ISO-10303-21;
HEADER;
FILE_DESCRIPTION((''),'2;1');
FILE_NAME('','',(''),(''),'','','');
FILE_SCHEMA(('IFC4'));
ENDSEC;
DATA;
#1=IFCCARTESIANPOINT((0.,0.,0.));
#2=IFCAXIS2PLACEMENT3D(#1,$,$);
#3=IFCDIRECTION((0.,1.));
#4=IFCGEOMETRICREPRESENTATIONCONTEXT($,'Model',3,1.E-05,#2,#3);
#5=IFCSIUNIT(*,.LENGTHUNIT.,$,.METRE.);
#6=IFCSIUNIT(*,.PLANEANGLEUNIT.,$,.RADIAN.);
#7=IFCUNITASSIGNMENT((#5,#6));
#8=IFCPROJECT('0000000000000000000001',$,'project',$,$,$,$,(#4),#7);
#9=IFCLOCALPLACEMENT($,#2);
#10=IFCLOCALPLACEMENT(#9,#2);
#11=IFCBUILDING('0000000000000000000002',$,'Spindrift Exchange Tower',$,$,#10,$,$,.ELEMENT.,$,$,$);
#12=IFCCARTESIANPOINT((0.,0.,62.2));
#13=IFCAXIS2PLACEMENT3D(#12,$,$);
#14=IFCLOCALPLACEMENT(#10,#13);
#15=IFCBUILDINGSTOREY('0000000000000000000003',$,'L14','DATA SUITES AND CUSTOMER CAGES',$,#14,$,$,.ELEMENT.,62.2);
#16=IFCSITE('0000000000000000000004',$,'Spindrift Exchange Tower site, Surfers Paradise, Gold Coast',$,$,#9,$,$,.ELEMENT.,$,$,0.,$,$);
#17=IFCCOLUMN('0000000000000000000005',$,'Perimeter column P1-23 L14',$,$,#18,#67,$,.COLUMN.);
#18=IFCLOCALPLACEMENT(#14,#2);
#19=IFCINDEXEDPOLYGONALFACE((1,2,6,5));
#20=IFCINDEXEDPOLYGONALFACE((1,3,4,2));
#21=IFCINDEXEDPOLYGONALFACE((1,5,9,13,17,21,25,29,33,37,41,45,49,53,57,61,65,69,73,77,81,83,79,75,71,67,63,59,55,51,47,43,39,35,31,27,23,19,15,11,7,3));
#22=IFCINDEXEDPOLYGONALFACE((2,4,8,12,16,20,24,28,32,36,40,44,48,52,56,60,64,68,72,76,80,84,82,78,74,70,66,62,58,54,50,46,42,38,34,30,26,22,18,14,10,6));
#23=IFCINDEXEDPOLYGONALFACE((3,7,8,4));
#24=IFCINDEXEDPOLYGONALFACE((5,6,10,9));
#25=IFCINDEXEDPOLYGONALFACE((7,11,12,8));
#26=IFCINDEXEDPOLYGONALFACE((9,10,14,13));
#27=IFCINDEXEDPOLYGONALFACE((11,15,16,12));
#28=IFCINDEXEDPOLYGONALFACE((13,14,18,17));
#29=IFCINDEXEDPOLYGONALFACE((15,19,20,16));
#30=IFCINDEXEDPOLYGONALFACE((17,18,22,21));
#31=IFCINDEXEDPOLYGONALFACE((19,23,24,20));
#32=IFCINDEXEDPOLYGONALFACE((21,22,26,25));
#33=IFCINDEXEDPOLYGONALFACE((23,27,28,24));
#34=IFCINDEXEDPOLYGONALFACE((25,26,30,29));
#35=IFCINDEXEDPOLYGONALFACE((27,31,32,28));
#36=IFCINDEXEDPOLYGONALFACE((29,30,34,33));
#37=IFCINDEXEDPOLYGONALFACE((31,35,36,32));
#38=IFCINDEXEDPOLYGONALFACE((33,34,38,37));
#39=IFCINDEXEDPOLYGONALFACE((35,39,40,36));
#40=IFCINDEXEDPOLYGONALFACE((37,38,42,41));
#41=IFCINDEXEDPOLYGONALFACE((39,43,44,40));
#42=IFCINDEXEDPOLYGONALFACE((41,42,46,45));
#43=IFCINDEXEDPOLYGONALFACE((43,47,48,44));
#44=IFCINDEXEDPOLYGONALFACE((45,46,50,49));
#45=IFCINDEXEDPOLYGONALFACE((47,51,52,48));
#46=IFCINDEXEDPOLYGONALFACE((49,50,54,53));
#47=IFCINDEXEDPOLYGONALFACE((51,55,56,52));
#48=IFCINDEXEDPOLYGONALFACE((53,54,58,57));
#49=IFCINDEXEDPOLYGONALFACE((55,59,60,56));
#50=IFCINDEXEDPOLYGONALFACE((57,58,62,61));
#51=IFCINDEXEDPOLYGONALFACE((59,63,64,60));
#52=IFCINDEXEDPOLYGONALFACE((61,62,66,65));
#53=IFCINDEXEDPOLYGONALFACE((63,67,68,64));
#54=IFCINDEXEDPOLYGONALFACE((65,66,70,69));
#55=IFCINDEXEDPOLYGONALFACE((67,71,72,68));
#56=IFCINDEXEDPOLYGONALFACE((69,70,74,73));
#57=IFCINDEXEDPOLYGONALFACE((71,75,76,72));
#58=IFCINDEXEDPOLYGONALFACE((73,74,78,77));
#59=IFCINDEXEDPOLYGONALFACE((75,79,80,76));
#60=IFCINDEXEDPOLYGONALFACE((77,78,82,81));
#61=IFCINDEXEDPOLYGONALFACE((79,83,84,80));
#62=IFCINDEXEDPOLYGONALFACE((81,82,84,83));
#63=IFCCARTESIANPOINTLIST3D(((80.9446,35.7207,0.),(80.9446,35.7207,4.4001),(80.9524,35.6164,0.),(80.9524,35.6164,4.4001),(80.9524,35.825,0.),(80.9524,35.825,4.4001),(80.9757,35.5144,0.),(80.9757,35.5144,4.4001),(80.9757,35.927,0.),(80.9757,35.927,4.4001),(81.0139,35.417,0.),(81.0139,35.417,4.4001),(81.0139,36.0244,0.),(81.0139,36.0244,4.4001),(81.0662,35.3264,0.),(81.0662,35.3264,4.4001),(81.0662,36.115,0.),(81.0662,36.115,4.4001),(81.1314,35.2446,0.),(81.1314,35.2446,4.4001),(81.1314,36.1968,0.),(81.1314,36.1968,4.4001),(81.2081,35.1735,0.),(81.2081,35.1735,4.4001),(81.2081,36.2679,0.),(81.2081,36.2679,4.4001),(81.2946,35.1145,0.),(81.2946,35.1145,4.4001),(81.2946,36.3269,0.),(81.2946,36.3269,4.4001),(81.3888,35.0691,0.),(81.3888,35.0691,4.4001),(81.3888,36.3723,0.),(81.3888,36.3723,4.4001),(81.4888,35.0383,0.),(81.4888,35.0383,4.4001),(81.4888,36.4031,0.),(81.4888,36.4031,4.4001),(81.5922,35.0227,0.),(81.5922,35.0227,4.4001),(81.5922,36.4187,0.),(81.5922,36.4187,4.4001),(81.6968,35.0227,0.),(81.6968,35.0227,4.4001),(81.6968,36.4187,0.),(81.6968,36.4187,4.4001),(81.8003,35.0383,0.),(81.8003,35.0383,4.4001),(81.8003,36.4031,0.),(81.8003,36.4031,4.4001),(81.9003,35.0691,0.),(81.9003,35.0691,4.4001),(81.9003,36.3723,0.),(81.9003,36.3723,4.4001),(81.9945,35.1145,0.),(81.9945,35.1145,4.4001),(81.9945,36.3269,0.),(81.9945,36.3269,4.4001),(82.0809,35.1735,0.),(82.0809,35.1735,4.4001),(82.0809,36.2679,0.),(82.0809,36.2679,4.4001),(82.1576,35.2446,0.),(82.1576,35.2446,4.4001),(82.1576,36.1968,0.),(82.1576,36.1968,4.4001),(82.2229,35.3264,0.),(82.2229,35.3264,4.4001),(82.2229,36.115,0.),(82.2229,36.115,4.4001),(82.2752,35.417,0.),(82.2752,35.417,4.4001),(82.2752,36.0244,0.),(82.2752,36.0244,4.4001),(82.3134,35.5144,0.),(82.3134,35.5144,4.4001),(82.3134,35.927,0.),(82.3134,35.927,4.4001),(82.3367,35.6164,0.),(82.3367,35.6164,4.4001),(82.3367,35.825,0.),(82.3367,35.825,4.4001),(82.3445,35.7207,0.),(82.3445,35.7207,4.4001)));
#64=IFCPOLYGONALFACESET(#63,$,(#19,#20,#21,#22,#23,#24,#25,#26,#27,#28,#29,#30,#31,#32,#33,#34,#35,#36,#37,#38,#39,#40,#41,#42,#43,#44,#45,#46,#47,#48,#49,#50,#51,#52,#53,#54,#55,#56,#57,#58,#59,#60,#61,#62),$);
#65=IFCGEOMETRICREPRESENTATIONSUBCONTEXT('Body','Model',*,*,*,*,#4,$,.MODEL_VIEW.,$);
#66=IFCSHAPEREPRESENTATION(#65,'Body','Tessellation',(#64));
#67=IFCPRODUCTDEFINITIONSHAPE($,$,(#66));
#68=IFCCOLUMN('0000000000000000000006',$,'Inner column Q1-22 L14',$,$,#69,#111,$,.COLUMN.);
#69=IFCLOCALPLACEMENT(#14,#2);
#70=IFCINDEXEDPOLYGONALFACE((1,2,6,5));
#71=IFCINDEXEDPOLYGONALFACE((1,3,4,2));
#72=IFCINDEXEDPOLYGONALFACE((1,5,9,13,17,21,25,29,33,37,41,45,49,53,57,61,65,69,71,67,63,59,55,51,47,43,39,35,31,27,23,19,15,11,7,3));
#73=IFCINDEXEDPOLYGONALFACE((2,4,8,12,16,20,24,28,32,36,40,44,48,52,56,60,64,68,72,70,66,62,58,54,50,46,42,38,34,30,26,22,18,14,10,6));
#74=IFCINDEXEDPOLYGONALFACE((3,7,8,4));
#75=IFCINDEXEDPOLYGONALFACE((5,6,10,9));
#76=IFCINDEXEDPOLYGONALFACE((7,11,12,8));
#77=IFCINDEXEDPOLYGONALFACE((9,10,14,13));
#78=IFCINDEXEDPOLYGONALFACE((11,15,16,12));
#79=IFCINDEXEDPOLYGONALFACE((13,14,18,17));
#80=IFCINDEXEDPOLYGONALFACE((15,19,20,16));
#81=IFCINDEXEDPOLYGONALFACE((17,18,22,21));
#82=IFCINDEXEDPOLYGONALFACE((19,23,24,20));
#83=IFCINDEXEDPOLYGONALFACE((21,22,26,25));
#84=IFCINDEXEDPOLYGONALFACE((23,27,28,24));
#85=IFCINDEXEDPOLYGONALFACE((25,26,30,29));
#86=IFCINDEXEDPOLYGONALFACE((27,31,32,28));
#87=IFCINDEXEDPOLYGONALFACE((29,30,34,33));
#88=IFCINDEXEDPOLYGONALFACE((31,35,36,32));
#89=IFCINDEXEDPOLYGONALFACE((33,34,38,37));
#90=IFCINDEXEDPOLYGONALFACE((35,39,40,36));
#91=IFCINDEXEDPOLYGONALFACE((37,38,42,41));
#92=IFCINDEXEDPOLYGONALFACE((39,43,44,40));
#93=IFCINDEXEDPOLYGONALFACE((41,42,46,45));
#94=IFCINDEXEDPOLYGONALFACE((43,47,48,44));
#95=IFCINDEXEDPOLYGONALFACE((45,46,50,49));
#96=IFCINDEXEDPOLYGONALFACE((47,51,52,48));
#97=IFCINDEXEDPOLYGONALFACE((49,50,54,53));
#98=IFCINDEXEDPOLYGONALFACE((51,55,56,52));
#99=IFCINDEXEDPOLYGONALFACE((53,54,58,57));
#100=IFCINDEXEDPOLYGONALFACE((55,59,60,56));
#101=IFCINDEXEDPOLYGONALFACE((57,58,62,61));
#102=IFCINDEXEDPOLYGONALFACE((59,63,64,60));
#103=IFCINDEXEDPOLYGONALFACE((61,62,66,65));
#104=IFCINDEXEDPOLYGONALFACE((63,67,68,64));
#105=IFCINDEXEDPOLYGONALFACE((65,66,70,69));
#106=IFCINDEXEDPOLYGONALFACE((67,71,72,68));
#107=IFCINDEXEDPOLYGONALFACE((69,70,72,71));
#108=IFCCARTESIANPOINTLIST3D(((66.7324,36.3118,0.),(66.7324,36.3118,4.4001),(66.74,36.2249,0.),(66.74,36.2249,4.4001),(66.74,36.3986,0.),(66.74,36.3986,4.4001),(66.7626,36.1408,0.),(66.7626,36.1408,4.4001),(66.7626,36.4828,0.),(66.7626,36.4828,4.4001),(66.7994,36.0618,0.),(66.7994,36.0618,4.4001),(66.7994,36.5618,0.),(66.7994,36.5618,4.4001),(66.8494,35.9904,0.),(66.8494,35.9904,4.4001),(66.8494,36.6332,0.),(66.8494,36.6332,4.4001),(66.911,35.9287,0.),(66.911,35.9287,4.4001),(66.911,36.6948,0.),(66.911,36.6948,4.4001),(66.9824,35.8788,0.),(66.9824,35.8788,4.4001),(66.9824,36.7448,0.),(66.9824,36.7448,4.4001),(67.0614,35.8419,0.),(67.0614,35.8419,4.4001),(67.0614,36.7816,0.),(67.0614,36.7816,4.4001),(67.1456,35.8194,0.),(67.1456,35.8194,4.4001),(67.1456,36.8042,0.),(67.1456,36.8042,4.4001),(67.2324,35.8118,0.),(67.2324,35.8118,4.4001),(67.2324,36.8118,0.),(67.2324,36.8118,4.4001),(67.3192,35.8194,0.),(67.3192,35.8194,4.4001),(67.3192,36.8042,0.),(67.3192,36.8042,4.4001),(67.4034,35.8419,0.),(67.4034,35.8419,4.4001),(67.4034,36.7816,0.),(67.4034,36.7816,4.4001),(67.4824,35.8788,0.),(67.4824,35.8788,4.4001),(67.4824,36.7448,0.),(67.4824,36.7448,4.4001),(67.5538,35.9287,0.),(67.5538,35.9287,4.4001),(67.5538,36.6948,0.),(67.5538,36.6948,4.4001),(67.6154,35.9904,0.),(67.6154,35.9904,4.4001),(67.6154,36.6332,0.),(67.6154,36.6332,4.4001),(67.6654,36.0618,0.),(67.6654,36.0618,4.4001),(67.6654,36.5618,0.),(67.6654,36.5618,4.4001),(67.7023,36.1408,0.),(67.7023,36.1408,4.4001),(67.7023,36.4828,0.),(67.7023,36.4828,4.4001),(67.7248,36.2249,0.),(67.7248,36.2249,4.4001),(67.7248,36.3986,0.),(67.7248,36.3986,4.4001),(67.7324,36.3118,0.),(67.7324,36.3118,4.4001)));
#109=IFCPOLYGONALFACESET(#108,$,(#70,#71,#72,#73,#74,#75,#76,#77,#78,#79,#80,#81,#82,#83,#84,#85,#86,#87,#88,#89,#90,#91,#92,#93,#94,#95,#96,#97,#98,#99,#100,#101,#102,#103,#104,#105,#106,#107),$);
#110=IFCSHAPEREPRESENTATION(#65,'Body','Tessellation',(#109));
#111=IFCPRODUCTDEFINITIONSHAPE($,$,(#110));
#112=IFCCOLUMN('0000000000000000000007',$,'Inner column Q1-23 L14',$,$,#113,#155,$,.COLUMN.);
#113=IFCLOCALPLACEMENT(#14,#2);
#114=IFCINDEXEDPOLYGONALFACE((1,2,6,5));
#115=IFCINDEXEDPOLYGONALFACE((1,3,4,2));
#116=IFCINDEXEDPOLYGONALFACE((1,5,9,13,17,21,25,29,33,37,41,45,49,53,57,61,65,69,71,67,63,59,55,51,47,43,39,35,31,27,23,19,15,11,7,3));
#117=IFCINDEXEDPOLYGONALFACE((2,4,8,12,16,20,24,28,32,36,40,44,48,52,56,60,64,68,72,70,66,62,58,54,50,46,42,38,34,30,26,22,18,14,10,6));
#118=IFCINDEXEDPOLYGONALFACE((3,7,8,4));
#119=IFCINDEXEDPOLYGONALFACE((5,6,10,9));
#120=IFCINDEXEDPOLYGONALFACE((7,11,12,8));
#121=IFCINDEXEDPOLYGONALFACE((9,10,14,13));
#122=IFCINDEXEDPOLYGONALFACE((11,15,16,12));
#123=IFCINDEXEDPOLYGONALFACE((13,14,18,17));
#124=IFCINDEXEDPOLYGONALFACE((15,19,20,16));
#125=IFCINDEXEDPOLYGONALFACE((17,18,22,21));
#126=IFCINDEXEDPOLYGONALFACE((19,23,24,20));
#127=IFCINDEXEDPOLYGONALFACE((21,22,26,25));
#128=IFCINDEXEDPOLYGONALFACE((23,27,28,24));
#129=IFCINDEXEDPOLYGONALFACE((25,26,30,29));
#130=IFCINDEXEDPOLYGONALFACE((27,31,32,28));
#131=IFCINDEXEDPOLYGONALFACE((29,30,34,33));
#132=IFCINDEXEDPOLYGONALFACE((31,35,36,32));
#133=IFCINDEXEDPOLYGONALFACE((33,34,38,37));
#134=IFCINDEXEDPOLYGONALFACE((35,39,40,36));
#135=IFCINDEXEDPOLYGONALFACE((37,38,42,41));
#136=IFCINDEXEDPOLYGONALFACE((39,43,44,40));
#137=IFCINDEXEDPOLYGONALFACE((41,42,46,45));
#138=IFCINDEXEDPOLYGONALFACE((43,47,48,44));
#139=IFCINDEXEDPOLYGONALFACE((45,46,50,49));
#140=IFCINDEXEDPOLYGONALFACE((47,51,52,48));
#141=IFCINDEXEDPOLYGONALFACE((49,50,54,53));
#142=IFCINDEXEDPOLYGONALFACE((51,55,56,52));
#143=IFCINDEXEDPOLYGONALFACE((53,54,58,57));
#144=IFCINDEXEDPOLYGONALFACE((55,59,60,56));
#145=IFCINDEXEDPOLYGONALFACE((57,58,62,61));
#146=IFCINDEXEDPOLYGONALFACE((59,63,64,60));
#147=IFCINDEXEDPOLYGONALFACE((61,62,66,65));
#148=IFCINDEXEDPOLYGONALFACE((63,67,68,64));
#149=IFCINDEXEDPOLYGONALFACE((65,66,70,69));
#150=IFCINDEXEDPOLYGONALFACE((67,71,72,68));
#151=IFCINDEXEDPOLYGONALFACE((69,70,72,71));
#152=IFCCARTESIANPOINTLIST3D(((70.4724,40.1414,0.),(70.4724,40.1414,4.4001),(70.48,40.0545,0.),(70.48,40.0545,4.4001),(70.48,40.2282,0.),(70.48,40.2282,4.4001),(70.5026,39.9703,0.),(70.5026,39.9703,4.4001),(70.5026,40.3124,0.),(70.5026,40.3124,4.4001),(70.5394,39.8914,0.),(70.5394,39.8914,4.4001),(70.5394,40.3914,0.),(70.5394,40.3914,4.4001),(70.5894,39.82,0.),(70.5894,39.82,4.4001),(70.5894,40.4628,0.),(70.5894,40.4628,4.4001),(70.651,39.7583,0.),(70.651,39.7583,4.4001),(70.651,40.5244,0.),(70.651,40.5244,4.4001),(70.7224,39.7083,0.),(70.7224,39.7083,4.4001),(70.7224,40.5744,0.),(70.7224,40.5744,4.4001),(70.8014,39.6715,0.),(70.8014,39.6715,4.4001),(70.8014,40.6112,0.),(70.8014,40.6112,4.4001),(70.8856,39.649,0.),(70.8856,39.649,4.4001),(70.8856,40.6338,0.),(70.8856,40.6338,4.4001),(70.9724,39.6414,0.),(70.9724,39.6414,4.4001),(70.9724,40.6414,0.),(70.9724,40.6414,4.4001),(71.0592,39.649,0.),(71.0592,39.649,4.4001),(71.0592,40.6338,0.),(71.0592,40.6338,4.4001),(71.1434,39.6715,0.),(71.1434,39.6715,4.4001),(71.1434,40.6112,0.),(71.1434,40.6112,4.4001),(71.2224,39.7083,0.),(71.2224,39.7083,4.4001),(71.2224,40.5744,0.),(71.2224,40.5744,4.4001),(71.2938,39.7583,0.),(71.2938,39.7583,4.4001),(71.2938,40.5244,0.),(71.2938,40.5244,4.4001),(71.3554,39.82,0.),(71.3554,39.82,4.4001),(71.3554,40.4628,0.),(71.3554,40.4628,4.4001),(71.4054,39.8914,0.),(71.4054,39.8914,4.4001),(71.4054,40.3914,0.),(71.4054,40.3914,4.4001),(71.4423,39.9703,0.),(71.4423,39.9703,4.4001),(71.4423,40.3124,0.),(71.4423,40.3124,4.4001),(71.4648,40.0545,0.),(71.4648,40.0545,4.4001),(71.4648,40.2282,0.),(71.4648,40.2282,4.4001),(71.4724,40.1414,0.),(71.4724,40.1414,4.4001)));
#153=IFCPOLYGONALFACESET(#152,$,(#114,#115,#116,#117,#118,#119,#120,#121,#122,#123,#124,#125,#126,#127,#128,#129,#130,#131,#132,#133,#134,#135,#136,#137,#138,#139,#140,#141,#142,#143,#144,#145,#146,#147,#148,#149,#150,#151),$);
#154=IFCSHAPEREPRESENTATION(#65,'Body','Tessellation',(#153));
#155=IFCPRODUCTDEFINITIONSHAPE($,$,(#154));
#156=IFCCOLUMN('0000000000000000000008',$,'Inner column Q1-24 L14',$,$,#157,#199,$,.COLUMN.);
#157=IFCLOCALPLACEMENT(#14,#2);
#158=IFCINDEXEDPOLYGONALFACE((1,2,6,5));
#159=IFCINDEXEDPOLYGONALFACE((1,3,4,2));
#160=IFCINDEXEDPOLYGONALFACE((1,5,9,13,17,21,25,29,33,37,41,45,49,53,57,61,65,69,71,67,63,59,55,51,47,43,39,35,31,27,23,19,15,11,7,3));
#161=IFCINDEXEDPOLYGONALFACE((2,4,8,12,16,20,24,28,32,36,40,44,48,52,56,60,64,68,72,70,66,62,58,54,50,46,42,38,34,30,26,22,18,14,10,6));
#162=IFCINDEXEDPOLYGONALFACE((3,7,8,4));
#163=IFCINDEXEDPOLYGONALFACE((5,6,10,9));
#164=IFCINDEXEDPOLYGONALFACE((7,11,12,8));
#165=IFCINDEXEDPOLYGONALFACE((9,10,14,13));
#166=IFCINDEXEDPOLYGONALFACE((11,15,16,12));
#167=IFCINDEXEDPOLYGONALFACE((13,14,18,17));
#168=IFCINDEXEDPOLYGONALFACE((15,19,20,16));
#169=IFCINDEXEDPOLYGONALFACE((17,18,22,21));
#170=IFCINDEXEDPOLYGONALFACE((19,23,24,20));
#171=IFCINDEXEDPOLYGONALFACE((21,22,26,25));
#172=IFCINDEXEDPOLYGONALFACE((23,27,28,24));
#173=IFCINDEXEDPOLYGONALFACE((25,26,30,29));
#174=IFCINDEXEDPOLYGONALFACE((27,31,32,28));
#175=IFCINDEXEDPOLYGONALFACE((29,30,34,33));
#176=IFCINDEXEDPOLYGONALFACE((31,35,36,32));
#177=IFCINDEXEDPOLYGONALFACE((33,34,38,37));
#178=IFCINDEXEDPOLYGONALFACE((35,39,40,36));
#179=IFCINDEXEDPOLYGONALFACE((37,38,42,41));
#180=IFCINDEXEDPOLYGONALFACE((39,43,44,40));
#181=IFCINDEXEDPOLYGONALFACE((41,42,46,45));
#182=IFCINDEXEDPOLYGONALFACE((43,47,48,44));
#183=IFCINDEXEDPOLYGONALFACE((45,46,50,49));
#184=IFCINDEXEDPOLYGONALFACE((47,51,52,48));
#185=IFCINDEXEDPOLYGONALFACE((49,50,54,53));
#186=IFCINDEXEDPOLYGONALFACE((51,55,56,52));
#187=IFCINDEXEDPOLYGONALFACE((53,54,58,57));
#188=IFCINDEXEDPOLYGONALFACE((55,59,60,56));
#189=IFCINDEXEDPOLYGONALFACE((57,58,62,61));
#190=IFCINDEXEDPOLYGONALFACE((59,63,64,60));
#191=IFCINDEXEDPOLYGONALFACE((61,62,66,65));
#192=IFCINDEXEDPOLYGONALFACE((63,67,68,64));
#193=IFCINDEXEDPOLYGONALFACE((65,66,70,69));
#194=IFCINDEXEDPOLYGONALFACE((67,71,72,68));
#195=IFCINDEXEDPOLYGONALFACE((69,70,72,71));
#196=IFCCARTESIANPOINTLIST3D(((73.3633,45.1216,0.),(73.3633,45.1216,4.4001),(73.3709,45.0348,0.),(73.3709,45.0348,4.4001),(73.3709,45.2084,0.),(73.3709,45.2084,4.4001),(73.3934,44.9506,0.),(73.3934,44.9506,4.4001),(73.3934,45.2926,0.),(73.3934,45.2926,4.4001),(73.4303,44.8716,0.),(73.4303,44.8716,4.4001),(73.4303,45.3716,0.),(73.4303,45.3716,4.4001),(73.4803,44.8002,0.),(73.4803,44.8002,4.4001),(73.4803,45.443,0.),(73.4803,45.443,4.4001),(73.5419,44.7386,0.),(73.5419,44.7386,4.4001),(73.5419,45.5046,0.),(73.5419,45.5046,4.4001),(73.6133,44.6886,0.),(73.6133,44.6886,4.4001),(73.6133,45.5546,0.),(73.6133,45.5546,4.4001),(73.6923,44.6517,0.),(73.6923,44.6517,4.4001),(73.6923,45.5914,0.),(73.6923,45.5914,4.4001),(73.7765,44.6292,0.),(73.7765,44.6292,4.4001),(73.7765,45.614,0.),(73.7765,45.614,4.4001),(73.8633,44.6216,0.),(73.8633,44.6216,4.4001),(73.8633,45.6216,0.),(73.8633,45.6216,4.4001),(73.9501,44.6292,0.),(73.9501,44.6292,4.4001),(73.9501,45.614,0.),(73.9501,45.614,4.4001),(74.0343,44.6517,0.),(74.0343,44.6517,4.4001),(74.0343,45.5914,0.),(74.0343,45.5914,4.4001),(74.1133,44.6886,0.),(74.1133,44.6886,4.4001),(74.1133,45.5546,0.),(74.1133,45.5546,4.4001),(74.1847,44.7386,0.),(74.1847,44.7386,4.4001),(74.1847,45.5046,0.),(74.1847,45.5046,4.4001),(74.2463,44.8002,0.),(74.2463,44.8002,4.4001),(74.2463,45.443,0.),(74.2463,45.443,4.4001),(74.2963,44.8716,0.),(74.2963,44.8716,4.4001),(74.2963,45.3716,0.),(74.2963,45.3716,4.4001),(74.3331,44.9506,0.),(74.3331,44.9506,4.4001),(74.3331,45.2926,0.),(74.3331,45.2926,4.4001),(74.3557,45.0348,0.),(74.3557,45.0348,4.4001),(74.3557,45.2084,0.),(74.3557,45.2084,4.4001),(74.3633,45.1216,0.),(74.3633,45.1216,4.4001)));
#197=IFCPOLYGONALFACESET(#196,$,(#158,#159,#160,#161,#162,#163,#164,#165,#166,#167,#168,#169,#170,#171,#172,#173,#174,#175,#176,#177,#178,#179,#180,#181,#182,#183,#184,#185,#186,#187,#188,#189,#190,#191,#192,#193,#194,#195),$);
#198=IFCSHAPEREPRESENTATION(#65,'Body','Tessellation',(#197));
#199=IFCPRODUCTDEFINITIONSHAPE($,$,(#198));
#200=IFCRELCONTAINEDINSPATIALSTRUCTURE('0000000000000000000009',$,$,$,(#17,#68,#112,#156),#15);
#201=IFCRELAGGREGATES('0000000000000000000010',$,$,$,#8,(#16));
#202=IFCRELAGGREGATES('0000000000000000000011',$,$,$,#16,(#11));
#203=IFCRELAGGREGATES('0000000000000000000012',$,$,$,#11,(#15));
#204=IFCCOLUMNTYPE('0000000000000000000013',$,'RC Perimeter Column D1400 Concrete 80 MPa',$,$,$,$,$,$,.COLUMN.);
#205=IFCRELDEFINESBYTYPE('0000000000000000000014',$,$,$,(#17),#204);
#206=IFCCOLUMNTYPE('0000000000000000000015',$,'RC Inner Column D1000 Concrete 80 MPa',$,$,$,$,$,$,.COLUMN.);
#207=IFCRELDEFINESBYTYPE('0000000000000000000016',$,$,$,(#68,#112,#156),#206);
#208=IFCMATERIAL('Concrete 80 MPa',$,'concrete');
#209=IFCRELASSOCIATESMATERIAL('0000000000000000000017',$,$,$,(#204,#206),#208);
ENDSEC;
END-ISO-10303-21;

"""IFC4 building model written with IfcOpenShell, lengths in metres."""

from ifc_helpers import new_model, si_unit, direction, frame, origin, origin_2d, place, context, subcontext, project, spatial, circle, extrude, source, transform, mapped, material, material_profile, profile_set, type_object, element, save


model = new_model("IFC4")

# Units and contexts
model_context = context("Model", 3, precision=1e-05, world=origin(), true_north=direction((0.0, 1.0)))
body_context = subcontext(model_context, "Body", "Model", "MODEL_VIEW")
ifc_project = project(units=[si_unit("LENGTHUNIT", "METRE"), si_unit("PLANEANGLEUNIT", "RADIAN")], contexts=[model_context])

# Site, building, storey
site_placement = place(None, origin())
site = spatial("IfcSite", under=ifc_project, at=site_placement, Name="Spindrift Exchange Tower site, Surfers Paradise, Gold Coast", CompositionType="ELEMENT", RefElevation=0.0)
building_placement = place(site_placement, origin())
building = spatial("IfcBuilding", under=site, at=building_placement, Name="Spindrift Exchange Tower", CompositionType="ELEMENT")
storey_placement = place(building_placement, frame((0.0, 0.0, 62.2)))
storey = spatial("IfcBuildingStorey", under=building, at=storey_placement, Name="L14", Description="DATA SUITES AND CUSTOMER CAGES", CompositionType="ELEMENT", Elevation=62.2)

# Columns
ifc_material_1 = material(Name="Concrete 80 MPa", Category="concrete")
ifc_material_profile_1 = material_profile(ifc_material_1, circle(Radius=0.7, at=origin_2d()), Name="RC D1400")
ifc_profile_set_1 = profile_set([ifc_material_profile_1], Name="Concrete 80 MPa")
column_type_1 = type_object("IfcColumnType", Name="RC Perimeter Column D1400 Concrete 80 MPa", PredefinedType="COLUMN", material=ifc_profile_set_1)
shared_shape_1 = source(origin(), body_context, "Body", "SweptSolid", [
    extrude(circle(Radius=0.7, at=origin_2d()), origin(), (0.0, 0.0, 1.0), 4.4001),
])
column_placement = place(storey_placement, frame((81.6445, 35.7207, 0.0), z_axis=(0.0, 0.0, 1.0), x_axis=(1.0, 0.0, 0.0)))
element("IfcColumn", 1, at=column_placement, inside=storey, type_object=column_type_1, Name="Perimeter column P1-23 L14", PredefinedType="COLUMN", context=body_context, shape_type="MappedRepresentation", body=[
    mapped(shared_shape_1, transform((0.0, 0.0, 0.0), scale=1.0)),
])
ifc_material_profile_2 = material_profile(ifc_material_1, circle(Radius=0.5, at=origin_2d()), Name="RC D1000")
ifc_profile_set_2 = profile_set([ifc_material_profile_2], Name="Concrete 80 MPa")
column_type_2 = type_object("IfcColumnType", Name="RC Inner Column D1000 Concrete 80 MPa", PredefinedType="COLUMN", material=ifc_profile_set_2)
shared_shape_2 = source(origin(), body_context, "Body", "SweptSolid", [
    extrude(circle(Radius=0.5, at=origin_2d()), origin(), (0.0, 0.0, 1.0), 4.4001),
])
for number, where, z_axis, x_axis, name in (
    (2, (67.2324, 36.3118, 0.0), (0.0, 0.0, 1.0), (1.0, 0.0, 0.0), "Inner column Q1-22 L14"),
    (3, (70.9724, 40.1414, 0.0), (0.0, 0.0, 1.0), (1.0, 0.0, 0.0), "Inner column Q1-23 L14"),
    (4, (73.8633, 45.1216, 0.0), (0.0, 0.0, 1.0), (1.0, 0.0, 0.0), "Inner column Q1-24 L14"),
):
    element("IfcColumn", number, at=place(storey_placement, frame(where, z_axis=z_axis, x_axis=x_axis)), inside=storey, type_object=column_type_2, Name=name, PredefinedType="COLUMN", context=body_context, shape_type="MappedRepresentation", body=[
        mapped(shared_shape_2, transform((0.0, 0.0, 0.0), scale=1.0)),
    ])

save(model, "model.ifc")
